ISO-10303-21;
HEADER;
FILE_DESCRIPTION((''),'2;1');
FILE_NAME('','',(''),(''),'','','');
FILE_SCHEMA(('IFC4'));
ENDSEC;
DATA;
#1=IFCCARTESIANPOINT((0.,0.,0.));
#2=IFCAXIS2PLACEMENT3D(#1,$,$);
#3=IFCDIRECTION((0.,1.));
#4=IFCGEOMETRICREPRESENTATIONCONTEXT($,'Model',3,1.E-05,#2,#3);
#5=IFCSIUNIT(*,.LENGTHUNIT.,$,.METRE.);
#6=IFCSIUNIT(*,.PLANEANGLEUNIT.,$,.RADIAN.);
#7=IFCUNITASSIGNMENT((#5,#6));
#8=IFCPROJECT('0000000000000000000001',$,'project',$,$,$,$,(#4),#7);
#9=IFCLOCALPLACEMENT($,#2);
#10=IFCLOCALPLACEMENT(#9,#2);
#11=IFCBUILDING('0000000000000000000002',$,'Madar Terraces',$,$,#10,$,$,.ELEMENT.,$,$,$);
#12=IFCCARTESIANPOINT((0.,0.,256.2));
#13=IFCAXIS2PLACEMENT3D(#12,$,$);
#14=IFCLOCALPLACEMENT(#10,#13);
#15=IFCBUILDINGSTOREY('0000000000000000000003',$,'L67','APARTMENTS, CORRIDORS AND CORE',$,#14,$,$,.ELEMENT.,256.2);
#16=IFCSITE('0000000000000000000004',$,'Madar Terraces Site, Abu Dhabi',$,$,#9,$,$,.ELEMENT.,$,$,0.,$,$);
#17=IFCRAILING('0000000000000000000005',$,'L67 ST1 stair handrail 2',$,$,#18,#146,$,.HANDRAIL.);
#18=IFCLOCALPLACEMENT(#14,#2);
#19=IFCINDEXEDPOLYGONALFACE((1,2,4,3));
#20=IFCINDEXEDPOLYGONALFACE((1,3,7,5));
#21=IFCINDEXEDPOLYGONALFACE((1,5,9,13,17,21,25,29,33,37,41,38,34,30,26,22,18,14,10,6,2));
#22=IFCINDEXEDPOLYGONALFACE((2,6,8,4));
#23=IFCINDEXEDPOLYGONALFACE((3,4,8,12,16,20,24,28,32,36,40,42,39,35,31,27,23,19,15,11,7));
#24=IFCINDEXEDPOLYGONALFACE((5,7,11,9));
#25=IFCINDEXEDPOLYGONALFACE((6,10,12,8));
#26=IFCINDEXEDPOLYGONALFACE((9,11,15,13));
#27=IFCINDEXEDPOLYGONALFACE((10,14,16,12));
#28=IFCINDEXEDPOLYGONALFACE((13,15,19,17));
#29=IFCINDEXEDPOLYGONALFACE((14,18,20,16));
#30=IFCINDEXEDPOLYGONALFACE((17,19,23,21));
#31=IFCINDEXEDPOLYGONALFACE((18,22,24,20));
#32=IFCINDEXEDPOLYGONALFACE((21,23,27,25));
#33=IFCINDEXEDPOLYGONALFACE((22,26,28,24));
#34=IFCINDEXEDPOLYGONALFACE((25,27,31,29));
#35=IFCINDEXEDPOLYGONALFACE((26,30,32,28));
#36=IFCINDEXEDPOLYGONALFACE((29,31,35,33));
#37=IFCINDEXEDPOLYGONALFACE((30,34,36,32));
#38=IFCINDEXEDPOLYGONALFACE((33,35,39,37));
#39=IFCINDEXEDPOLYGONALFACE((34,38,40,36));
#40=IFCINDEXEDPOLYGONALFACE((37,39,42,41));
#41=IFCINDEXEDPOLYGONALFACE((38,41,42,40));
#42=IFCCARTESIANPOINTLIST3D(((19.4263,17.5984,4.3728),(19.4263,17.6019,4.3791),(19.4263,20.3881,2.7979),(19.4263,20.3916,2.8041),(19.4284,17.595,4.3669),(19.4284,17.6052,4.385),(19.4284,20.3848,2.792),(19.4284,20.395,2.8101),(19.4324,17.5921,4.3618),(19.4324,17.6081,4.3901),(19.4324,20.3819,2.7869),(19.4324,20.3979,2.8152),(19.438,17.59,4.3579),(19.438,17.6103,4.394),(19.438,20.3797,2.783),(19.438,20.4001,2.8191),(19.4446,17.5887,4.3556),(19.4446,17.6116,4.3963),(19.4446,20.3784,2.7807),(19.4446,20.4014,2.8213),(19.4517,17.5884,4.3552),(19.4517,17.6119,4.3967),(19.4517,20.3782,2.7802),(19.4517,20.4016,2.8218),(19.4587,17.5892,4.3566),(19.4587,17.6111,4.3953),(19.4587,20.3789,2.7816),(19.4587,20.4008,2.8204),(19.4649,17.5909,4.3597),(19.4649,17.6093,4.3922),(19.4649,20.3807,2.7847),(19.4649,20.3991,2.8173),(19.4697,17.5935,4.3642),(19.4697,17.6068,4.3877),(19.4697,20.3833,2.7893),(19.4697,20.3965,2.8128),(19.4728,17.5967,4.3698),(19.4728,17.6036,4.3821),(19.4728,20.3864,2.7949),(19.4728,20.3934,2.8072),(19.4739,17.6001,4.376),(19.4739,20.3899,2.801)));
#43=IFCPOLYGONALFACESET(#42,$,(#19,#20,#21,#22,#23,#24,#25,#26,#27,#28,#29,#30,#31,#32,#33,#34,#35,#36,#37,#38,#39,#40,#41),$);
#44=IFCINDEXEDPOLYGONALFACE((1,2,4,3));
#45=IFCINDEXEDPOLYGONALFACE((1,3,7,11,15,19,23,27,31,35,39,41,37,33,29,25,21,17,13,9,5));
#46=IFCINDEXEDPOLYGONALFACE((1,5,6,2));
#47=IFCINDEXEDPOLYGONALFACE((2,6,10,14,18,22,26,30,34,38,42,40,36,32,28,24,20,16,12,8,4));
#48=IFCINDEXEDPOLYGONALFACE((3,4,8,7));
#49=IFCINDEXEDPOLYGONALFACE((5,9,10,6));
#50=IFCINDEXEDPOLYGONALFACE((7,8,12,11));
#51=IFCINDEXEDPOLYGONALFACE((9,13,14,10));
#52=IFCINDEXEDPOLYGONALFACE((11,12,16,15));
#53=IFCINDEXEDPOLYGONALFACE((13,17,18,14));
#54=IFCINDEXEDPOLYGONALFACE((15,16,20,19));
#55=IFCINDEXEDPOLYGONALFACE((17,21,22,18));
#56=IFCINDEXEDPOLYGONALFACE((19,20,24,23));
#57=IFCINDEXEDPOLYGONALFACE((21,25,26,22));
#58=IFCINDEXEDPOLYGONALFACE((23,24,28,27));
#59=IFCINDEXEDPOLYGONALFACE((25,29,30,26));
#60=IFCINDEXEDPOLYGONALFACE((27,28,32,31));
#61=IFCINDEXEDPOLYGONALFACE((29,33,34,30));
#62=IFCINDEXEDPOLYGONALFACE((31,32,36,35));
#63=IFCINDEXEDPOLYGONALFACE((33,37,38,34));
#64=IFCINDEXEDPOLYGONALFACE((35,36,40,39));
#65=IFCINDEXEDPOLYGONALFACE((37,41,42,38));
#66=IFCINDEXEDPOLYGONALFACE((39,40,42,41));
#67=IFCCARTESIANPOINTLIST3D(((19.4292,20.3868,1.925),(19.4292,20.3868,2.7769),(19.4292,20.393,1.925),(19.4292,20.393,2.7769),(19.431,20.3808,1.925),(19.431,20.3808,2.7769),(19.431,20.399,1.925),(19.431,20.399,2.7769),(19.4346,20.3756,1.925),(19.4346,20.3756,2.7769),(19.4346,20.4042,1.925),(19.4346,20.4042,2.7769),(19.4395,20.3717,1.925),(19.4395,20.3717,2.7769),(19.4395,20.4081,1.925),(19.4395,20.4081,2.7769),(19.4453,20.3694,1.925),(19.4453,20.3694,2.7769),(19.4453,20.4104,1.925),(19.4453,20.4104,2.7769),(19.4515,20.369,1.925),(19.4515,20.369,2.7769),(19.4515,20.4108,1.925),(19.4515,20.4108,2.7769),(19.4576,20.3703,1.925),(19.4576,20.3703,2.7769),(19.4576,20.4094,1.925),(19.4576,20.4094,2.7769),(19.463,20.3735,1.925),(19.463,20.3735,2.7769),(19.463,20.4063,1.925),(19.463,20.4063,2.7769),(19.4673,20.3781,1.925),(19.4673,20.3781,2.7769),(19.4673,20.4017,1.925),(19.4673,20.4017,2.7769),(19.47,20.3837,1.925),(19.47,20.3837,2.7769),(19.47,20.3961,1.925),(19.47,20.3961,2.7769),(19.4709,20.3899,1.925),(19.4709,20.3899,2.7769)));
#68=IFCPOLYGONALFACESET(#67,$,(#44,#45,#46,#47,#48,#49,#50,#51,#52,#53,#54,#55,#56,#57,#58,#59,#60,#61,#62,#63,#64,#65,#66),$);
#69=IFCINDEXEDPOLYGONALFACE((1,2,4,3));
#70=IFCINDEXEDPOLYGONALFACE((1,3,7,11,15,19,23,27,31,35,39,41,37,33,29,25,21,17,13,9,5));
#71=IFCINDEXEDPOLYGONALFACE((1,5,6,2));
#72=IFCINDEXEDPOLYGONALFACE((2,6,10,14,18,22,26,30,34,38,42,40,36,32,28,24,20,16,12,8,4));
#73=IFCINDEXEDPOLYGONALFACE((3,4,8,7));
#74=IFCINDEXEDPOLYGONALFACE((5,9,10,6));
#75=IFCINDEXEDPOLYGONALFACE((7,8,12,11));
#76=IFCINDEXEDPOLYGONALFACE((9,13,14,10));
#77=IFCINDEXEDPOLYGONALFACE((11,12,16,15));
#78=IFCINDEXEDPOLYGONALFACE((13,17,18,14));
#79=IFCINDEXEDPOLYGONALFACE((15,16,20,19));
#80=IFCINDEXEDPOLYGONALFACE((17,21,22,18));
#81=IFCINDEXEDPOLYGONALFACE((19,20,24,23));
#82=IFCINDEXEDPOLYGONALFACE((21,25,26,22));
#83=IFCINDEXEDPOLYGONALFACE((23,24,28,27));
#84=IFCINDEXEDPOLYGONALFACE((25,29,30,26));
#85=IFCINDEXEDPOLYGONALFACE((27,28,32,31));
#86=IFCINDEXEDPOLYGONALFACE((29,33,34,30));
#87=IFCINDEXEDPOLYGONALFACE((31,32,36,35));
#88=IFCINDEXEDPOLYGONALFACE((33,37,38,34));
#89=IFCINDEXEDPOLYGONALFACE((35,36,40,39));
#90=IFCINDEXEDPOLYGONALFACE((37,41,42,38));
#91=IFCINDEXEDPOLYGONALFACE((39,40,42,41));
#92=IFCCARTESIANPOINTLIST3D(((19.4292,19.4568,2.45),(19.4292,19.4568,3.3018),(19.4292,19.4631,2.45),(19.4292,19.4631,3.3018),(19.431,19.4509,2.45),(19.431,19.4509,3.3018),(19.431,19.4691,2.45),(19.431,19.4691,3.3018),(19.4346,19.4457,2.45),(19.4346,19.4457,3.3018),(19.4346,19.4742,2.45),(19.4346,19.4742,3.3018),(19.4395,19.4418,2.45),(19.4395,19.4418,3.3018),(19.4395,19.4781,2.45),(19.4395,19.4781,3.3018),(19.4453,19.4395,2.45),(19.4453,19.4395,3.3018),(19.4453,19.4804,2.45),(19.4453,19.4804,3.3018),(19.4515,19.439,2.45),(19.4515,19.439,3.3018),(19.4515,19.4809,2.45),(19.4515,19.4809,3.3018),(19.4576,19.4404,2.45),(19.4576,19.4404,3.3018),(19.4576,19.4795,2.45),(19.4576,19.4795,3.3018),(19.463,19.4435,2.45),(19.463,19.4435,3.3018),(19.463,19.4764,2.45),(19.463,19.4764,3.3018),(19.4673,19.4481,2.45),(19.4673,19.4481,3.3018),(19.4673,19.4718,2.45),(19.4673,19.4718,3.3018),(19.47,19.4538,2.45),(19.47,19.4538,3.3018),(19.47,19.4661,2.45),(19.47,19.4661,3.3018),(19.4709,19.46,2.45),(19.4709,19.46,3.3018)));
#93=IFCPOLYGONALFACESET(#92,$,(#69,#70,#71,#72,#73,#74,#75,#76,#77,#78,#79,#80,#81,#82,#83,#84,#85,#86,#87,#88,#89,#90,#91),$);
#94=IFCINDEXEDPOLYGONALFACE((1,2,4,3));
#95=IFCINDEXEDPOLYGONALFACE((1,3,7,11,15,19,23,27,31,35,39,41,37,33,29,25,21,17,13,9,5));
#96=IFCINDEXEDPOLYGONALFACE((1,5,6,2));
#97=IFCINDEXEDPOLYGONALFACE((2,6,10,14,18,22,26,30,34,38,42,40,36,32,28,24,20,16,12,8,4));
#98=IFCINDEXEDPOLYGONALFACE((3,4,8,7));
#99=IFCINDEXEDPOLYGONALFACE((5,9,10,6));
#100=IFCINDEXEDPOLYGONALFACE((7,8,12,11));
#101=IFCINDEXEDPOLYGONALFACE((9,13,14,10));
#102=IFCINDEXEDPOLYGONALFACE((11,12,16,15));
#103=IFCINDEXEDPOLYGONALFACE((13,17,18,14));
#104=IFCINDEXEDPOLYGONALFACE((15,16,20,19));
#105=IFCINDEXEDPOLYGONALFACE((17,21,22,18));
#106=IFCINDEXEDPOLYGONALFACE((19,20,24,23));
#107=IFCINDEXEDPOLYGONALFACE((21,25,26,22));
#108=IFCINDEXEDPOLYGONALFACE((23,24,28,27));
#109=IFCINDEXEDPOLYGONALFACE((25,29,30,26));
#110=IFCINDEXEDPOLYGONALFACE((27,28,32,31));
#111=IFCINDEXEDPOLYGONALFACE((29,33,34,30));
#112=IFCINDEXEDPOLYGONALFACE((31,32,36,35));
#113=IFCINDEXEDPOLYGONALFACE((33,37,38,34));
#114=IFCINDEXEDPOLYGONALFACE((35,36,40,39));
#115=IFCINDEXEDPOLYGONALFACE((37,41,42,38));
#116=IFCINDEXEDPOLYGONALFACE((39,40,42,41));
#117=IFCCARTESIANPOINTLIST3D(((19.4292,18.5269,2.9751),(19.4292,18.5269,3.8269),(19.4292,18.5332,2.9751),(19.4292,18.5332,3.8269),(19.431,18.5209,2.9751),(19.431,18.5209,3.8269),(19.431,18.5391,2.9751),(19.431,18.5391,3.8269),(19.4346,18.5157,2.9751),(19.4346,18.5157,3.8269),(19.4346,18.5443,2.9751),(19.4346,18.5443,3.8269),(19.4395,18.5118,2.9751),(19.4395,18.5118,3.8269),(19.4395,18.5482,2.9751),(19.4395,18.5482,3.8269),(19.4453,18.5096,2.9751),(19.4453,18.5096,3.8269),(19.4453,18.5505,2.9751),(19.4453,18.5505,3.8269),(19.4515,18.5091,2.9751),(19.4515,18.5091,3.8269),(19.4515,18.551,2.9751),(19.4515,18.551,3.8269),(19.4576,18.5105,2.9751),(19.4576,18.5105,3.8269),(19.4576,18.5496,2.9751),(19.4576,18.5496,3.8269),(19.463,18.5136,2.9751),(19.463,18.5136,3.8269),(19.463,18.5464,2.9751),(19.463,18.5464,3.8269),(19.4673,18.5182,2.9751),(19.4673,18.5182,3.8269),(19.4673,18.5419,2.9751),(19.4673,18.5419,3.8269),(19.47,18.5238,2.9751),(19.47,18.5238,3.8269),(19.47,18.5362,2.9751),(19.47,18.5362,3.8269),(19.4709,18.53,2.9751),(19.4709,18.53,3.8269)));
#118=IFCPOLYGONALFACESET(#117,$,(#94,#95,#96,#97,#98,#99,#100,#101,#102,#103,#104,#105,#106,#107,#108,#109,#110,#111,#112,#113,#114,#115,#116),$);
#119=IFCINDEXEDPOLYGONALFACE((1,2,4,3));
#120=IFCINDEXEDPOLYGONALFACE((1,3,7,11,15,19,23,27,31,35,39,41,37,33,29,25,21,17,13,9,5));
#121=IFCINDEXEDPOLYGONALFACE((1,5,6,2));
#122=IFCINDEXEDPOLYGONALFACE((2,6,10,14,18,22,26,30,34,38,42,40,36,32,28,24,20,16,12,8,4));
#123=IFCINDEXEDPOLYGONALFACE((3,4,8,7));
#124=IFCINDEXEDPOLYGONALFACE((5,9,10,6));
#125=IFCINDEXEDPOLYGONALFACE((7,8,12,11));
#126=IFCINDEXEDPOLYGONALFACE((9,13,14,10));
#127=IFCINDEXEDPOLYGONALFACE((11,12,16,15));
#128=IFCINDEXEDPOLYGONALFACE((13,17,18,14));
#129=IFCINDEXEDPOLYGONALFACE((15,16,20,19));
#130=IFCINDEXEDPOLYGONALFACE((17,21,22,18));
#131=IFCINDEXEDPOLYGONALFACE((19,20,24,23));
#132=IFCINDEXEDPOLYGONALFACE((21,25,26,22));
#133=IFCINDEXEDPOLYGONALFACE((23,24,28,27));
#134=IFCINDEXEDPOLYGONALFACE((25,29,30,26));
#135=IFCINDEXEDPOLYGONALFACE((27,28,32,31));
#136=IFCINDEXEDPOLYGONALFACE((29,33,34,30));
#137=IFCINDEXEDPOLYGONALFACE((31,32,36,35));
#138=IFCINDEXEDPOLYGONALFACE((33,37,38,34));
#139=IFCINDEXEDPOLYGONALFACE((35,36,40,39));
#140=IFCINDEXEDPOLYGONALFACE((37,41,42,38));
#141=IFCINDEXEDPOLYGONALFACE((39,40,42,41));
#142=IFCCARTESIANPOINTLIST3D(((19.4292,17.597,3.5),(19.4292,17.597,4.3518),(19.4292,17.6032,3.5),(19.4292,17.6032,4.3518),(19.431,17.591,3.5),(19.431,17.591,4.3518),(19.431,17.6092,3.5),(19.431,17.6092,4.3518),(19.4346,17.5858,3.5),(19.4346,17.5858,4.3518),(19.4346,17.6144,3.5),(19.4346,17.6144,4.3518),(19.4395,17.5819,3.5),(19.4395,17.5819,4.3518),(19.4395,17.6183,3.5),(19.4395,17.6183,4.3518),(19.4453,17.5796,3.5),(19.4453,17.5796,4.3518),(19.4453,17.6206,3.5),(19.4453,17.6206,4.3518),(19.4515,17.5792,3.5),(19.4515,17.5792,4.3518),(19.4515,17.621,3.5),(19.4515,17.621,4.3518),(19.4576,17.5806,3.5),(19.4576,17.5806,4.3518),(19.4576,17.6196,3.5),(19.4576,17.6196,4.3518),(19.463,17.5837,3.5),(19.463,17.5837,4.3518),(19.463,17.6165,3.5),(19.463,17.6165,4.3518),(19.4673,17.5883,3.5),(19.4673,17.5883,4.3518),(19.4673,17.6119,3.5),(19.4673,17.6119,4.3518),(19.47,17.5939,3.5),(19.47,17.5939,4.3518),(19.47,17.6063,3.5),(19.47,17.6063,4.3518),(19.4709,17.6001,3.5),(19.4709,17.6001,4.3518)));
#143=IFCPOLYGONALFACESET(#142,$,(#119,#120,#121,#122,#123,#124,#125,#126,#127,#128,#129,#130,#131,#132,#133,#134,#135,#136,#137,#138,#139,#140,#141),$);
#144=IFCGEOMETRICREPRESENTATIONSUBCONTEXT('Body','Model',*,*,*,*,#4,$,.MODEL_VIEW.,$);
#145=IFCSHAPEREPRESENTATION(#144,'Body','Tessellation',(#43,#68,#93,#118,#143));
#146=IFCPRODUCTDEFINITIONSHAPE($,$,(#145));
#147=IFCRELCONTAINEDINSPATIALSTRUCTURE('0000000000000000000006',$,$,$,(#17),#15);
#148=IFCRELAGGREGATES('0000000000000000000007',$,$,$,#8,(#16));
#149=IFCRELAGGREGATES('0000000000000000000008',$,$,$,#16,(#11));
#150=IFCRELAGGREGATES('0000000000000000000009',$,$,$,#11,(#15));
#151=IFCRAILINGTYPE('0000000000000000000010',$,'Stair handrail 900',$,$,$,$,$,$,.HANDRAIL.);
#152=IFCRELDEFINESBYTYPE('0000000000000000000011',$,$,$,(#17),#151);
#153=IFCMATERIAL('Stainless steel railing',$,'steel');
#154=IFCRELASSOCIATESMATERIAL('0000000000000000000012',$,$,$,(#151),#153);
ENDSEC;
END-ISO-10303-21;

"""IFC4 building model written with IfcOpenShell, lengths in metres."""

from ifc_helpers import new_model, si_unit, direction, frame, origin, origin_2d, place, context, subcontext, project, spatial, circle, extrude, material, type_object, element, save


model = new_model("IFC4")

# Units and contexts
model_context = context("Model", 3, precision=1e-05, world=origin(), true_north=direction((0.0, 1.0)))
body_context = subcontext(model_context, "Body", "Model", "MODEL_VIEW")
ifc_project = project(units=[si_unit("LENGTHUNIT", "METRE"), si_unit("PLANEANGLEUNIT", "RADIAN")], contexts=[model_context])

# Site, building, storey
site_placement = place(None, origin())
site = spatial("IfcSite", under=ifc_project, at=site_placement, Name="Madar Terraces Site, Abu Dhabi", CompositionType="ELEMENT", RefElevation=0.0)
building_placement = place(site_placement, origin())
building = spatial("IfcBuilding", under=site, at=building_placement, Name="Madar Terraces", CompositionType="ELEMENT")
storey_placement = place(building_placement, frame((0.0, 0.0, 256.2)))
storey = spatial("IfcBuildingStorey", under=building, at=storey_placement, Name="L67", Description="APARTMENTS, CORRIDORS AND CORE", CompositionType="ELEMENT", Elevation=256.2)

# Railing
ifc_material_1 = material(Name="Stainless steel railing", Category="steel")
railing_type_1 = type_object("IfcRailingType", Name="Stair handrail 900", PredefinedType="HANDRAIL", material=ifc_material_1)
railing_1_placement = place(storey_placement, frame((19.45, 20.3899, 1.925)))
element("IfcRailing", 1, at=railing_1_placement, inside=storey, type_object=railing_type_1, Name="L67 ST1 stair handrail 2", PredefinedType="HANDRAIL", context=body_context, shape_type="SweptSolid", body=[
    extrude(circle(Radius=0.0239, at=origin_2d()), frame((0.0, 0.0, 0.876), z_axis=(0.0, -0.870815, 0.49161), x_axis=(1.0, 0.0, 0.0)), (0.0, 0.0, 1.0), 3.2036),
    extrude(circle(Radius=0.021, at=origin_2d()), origin(), (0.0, 0.0, 1.0), 0.8518),
    extrude(circle(Radius=0.021, at=origin_2d()), frame((0.0, -0.9299, 0.5249)), (0.0, 0.0, 1.0), 0.8518),
    extrude(circle(Radius=0.021, at=origin_2d()), frame((0.0, -1.8599, 1.05)), (0.0, 0.0, 1.0), 0.8518),
    extrude(circle(Radius=0.021, at=origin_2d()), frame((0.0, -2.7898, 1.575)), (0.0, 0.0, 1.0), 0.8518),
])

save(model, "model.ifc")
